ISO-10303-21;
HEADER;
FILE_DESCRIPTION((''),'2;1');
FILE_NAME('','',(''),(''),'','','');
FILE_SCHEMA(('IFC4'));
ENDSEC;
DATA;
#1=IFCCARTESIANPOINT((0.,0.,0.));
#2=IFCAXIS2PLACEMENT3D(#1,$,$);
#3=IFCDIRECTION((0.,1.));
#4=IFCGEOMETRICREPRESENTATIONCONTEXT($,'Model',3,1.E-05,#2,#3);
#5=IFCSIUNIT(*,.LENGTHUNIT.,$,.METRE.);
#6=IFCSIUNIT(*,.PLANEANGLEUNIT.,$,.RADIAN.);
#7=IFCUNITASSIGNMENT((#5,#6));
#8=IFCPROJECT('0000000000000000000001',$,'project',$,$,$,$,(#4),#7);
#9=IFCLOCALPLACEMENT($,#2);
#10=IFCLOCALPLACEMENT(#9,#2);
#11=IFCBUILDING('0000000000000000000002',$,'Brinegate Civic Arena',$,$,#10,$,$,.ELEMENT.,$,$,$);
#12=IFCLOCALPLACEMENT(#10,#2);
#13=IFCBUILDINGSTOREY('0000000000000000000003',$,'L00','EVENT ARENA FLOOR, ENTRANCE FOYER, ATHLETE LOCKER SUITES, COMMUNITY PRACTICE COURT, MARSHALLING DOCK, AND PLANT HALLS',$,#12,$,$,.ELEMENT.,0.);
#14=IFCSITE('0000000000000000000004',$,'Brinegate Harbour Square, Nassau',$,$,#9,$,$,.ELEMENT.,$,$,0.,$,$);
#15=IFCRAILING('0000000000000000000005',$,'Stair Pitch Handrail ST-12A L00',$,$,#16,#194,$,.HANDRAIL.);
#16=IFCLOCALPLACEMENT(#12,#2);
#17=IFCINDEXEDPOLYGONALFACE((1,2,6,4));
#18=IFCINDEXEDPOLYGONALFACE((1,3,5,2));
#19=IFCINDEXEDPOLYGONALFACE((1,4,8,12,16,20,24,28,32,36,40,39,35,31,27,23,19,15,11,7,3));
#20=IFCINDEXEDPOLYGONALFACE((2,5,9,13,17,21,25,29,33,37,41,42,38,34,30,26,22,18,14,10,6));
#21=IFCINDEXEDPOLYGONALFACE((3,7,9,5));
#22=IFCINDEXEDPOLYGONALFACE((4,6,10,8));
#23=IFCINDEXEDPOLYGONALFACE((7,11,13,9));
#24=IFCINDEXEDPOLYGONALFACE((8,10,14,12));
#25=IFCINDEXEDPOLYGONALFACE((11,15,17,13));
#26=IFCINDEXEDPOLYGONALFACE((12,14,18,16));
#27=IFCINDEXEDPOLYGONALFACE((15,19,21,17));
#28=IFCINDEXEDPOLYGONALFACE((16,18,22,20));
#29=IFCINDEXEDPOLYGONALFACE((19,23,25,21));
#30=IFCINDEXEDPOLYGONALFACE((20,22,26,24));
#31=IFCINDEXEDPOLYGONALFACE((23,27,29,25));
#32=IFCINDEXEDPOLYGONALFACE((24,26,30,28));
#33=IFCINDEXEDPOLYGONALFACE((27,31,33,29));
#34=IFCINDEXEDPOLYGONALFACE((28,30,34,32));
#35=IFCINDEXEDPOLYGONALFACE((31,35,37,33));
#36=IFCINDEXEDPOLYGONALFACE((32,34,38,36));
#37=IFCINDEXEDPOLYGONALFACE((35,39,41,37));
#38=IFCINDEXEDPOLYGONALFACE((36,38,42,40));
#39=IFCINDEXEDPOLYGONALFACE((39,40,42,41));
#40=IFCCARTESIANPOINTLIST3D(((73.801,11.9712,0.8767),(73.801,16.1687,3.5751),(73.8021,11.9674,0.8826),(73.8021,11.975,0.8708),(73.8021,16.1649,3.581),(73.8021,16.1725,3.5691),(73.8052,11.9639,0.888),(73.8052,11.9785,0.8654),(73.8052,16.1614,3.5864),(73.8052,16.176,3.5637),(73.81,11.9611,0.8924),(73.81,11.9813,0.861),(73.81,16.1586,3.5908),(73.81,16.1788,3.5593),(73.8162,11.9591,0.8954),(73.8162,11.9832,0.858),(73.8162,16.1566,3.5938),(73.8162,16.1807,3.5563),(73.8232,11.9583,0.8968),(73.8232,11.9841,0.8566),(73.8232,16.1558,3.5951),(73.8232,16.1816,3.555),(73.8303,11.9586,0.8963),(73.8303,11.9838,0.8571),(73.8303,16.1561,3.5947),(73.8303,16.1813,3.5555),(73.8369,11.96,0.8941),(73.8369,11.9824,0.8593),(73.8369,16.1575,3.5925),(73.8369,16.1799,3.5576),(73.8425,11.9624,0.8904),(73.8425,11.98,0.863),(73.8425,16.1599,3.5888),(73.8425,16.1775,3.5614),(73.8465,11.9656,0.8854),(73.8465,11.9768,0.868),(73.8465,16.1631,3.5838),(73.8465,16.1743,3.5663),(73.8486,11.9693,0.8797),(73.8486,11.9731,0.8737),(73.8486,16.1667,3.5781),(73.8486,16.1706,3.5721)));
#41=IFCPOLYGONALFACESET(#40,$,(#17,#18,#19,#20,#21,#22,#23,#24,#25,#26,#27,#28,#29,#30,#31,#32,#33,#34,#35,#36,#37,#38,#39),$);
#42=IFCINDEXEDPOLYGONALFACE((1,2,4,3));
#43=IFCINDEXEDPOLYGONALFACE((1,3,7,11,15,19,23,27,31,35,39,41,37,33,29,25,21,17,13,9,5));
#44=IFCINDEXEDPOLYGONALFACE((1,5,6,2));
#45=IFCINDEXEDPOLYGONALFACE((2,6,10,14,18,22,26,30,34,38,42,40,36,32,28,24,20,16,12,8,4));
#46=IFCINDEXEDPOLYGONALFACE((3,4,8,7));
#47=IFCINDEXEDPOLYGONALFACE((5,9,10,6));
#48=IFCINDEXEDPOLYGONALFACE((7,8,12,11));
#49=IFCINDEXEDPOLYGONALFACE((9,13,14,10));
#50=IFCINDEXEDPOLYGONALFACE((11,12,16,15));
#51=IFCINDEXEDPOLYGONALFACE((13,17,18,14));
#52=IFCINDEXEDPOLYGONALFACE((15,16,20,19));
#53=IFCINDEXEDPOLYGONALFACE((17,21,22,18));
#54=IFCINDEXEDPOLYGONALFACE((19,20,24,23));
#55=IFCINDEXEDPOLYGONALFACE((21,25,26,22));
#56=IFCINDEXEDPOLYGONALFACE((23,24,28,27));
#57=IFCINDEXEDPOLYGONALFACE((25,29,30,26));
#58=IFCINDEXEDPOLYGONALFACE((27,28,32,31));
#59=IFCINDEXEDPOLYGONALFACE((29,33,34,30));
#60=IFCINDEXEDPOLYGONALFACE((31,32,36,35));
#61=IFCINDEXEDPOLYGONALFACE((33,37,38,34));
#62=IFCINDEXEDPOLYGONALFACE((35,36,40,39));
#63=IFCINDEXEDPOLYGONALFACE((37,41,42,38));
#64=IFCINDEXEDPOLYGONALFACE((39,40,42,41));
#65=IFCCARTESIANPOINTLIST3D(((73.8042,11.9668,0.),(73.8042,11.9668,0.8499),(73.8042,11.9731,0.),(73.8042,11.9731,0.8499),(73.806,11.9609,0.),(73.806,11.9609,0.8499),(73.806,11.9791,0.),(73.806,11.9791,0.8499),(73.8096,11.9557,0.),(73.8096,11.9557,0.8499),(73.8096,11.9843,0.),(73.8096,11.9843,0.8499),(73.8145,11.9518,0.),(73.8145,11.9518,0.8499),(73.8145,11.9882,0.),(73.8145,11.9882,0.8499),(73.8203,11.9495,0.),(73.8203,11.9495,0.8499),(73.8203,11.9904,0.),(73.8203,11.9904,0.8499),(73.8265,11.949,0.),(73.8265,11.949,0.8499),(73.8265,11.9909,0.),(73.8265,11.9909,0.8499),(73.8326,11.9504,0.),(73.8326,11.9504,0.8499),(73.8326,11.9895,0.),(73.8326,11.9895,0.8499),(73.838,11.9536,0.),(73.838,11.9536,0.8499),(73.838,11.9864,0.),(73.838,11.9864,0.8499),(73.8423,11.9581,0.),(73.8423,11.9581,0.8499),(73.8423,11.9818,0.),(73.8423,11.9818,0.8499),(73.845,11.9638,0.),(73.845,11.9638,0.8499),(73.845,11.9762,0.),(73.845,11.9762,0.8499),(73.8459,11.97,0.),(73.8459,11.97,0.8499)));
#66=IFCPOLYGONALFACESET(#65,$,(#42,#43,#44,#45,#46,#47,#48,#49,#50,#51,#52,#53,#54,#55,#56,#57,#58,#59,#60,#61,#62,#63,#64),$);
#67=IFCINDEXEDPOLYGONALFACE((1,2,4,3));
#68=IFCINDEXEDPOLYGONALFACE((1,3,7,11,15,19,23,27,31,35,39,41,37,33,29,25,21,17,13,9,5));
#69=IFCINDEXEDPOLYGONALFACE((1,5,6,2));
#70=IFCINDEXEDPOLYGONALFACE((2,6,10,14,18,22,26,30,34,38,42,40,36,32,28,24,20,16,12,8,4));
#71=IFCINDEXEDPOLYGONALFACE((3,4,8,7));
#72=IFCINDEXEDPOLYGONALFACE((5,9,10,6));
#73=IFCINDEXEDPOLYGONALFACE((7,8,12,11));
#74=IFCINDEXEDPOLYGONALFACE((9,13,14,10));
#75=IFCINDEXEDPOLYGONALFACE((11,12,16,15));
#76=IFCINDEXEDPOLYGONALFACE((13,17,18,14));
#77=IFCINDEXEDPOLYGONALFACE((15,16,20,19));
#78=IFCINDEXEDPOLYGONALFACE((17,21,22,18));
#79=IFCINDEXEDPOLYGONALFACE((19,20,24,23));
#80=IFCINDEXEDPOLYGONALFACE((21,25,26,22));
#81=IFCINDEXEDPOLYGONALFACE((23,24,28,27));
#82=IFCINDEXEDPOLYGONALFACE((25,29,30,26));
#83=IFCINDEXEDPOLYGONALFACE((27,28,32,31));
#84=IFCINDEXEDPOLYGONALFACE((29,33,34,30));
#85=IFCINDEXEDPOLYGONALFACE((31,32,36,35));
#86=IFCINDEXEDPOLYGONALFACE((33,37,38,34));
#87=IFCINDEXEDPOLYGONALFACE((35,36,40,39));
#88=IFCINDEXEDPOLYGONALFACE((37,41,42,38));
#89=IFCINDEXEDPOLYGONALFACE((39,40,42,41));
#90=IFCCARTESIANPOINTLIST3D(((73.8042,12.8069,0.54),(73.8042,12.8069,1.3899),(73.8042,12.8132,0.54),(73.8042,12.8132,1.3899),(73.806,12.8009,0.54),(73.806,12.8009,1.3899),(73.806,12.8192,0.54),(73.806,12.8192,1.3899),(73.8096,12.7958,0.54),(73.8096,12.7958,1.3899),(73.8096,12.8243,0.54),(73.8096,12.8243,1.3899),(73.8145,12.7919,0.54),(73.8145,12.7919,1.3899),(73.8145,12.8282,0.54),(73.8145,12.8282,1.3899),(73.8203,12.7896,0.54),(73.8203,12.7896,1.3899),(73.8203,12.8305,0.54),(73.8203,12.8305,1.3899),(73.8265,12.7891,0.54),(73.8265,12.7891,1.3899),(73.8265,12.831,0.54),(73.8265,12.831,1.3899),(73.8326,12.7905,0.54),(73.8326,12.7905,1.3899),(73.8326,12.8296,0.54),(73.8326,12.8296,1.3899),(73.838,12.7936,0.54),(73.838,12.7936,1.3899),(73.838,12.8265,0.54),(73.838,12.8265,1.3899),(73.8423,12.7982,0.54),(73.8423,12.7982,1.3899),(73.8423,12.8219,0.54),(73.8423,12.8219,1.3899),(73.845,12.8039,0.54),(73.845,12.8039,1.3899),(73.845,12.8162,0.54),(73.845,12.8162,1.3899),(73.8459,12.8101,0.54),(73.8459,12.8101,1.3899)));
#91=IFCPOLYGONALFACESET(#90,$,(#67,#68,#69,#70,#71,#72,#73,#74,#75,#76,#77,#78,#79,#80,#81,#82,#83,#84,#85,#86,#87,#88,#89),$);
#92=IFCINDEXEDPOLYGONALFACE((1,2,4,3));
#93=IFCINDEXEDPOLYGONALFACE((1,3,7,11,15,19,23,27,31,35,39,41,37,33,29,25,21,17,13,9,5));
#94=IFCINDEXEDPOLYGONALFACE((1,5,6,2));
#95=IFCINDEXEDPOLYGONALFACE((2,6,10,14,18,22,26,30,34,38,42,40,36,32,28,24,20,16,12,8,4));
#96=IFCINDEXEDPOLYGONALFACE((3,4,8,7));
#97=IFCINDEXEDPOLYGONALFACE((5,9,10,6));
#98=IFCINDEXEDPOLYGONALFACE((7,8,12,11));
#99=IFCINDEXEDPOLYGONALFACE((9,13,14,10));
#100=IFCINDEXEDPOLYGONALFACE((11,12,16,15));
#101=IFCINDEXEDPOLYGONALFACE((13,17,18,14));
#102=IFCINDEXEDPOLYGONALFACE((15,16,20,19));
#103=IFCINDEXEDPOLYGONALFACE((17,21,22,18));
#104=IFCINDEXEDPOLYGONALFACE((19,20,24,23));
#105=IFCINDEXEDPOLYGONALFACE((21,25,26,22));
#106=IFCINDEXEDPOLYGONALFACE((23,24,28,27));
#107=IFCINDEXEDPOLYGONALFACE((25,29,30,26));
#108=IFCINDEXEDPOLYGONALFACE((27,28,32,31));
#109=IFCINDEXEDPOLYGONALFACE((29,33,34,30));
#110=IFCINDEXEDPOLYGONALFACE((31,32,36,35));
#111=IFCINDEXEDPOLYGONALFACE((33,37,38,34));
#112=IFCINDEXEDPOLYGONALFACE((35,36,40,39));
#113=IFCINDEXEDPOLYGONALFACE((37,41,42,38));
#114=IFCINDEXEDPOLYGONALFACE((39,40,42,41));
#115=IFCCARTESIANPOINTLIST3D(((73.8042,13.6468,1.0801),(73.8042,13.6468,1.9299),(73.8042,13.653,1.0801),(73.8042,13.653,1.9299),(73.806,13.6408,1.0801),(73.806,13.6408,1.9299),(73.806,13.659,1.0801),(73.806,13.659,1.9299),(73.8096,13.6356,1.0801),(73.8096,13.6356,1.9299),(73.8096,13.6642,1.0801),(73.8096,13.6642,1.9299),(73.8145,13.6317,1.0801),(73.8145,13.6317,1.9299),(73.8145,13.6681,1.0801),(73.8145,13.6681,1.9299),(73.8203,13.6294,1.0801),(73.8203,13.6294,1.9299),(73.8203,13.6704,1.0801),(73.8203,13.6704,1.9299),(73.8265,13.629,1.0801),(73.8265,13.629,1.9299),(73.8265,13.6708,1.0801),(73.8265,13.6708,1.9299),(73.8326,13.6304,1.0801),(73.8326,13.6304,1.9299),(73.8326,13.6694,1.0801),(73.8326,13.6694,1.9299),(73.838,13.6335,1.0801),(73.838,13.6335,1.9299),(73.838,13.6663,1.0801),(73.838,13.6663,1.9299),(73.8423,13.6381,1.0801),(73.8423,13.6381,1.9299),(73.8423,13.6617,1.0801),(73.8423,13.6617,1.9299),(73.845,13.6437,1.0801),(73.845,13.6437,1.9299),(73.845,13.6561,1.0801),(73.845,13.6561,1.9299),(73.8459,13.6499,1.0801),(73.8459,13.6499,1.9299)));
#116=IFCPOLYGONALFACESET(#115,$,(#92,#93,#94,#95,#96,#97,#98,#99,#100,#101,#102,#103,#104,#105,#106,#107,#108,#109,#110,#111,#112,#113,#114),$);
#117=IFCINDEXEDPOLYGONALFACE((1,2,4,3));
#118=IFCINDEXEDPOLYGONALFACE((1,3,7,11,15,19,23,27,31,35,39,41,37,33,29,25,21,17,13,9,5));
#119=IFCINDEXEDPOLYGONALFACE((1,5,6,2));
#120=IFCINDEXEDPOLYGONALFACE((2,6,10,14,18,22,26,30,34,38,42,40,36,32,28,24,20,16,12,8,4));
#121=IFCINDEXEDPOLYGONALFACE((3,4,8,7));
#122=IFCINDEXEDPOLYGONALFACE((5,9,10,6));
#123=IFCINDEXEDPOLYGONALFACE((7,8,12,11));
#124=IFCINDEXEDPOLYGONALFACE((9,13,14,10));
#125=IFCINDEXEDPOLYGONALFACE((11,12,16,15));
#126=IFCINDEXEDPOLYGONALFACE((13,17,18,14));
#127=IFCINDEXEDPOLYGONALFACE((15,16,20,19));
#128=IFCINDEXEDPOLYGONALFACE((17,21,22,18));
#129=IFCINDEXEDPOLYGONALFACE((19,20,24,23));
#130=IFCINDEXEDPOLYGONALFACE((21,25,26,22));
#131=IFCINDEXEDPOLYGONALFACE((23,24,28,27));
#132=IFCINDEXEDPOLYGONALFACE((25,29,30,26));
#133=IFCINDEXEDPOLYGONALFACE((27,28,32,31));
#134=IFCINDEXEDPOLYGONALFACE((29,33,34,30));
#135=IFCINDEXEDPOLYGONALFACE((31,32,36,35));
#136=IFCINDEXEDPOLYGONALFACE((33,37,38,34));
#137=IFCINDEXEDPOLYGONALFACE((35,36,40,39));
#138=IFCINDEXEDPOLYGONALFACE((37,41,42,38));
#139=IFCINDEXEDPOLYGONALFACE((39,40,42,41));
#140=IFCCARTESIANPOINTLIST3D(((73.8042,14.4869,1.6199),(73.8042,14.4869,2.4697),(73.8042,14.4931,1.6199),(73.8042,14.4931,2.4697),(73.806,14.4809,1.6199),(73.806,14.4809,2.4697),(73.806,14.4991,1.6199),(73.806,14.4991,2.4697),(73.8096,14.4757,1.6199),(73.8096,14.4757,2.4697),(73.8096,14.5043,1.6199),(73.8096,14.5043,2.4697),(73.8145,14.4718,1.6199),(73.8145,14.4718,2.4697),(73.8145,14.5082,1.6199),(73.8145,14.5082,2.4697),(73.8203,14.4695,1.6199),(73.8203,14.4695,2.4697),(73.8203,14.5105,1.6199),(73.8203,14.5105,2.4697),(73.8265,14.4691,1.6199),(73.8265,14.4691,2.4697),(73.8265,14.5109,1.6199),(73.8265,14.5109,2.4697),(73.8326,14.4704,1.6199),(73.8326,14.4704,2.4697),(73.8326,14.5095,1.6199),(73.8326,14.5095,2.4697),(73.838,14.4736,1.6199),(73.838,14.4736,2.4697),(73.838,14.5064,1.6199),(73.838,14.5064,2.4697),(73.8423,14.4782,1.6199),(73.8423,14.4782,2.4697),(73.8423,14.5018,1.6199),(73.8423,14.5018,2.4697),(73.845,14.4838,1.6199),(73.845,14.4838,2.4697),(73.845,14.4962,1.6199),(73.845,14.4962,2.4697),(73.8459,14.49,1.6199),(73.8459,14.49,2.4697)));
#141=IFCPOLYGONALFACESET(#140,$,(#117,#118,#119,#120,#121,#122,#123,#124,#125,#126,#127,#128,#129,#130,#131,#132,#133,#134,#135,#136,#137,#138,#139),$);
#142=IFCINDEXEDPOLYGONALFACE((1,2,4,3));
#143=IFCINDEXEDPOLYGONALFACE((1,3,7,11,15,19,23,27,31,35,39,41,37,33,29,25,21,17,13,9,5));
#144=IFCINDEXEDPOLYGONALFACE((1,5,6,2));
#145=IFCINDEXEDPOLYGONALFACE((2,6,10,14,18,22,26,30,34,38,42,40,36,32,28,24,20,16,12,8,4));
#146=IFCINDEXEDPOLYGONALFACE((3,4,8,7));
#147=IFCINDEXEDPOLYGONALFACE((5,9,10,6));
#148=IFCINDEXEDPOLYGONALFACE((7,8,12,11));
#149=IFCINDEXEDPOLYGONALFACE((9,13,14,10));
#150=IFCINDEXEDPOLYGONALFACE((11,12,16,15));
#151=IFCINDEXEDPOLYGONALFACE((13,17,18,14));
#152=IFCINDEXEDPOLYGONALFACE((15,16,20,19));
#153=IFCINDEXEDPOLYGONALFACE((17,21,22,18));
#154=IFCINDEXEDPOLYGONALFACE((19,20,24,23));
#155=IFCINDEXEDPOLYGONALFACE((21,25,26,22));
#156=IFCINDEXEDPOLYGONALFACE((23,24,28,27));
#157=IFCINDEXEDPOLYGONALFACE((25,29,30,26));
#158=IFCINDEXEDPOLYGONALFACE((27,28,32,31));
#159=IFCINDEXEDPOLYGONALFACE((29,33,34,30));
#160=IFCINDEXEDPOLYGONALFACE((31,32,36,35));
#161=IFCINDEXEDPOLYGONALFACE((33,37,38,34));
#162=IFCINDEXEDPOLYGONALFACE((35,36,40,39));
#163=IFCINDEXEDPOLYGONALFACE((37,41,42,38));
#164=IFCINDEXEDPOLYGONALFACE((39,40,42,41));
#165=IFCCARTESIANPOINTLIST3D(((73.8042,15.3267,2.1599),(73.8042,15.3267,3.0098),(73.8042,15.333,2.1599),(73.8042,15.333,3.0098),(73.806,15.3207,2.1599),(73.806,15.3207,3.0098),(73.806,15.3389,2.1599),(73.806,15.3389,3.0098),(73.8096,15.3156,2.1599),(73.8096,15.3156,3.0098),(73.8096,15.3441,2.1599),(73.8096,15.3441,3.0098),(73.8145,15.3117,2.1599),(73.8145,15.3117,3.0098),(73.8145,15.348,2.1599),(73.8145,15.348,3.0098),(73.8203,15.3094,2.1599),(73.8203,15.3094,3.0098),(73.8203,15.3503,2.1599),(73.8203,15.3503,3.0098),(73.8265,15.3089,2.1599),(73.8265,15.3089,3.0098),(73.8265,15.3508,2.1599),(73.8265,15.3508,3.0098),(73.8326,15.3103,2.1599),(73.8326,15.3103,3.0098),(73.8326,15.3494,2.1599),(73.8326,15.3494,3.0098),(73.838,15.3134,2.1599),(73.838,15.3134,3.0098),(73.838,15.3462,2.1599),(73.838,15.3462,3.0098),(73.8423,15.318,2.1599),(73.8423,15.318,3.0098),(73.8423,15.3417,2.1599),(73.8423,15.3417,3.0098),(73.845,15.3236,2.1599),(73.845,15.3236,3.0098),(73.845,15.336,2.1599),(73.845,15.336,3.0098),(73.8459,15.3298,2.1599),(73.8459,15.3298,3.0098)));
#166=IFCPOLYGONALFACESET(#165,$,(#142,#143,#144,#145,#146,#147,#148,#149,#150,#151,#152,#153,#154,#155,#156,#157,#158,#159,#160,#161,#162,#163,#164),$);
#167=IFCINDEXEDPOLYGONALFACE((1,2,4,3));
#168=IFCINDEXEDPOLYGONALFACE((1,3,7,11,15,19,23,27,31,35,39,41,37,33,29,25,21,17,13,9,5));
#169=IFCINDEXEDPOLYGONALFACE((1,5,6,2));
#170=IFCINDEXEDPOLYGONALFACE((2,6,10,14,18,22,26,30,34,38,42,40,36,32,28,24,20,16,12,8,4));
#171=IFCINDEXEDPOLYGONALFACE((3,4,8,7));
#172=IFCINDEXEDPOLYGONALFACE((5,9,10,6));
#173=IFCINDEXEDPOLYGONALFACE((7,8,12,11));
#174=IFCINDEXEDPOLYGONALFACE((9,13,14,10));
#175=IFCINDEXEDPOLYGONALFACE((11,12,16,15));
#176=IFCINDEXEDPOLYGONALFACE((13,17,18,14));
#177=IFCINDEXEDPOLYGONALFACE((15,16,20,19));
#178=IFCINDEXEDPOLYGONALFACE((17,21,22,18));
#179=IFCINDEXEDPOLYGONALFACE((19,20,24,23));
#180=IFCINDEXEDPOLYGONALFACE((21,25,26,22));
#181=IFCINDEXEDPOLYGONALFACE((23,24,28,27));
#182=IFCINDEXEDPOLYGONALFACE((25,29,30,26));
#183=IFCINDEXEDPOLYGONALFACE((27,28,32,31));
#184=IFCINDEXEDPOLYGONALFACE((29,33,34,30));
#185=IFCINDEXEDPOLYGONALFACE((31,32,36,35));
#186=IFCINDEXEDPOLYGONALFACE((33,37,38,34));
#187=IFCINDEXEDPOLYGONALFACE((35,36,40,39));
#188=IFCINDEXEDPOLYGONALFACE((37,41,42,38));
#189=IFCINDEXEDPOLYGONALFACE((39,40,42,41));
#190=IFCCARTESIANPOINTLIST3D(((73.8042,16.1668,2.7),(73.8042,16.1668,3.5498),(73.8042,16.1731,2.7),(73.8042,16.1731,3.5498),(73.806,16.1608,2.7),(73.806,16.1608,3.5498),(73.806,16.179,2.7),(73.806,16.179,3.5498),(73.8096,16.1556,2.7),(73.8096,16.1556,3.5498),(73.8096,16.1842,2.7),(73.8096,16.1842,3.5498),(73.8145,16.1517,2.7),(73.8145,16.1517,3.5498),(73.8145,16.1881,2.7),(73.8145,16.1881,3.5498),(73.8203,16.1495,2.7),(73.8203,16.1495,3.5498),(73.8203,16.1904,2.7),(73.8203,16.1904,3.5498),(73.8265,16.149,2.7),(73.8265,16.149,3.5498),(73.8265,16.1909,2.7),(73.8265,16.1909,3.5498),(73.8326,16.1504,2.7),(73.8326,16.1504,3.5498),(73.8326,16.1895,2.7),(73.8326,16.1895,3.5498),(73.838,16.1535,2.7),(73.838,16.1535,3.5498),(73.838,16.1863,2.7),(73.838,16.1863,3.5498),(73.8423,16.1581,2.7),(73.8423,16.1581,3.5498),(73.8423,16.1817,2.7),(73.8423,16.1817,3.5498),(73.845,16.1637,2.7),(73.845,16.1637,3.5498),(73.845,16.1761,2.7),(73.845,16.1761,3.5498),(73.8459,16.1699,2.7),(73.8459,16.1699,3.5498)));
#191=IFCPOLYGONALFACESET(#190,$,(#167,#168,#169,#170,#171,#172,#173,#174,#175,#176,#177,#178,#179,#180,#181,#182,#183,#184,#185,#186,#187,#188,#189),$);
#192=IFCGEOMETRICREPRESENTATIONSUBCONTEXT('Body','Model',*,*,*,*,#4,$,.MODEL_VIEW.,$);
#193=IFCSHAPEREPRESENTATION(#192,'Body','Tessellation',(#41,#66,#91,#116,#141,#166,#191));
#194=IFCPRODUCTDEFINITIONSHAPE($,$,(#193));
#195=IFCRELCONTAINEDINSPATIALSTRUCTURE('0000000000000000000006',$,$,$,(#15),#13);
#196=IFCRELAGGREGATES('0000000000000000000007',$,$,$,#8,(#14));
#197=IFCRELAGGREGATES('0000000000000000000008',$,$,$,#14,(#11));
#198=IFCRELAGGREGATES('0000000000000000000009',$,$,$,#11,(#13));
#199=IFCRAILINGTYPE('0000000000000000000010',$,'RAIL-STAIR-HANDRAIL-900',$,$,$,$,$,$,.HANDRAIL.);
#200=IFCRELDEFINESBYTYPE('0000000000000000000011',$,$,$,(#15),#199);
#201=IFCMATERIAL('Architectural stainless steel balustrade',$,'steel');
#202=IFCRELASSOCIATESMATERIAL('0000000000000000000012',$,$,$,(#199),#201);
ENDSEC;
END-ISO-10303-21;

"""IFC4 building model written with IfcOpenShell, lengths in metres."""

from ifc_helpers import new_model, si_unit, direction, frame, origin, origin_2d, place, context, subcontext, project, spatial, circle, extrude, material, type_object, element, save


model = new_model("IFC4")

# Units and contexts
model_context = context("Model", 3, precision=1e-05, world=origin(), true_north=direction((0.0, 1.0)))
body_context = subcontext(model_context, "Body", "Model", "MODEL_VIEW")
ifc_project = project(units=[si_unit("LENGTHUNIT", "METRE"), si_unit("PLANEANGLEUNIT", "RADIAN")], contexts=[model_context])

# Site, building, storey
site_placement = place(None, origin())
site = spatial("IfcSite", under=ifc_project, at=site_placement, Name="Brinegate Harbour Square, Nassau", CompositionType="ELEMENT", RefElevation=0.0)
building_placement = place(site_placement, origin())
building = spatial("IfcBuilding", under=site, at=building_placement, Name="Brinegate Civic Arena", CompositionType="ELEMENT")
storey_placement = place(building_placement, origin())
storey = spatial("IfcBuildingStorey", under=building, at=storey_placement, Name="L00", Description="EVENT ARENA FLOOR, ENTRANCE FOYER, ATHLETE LOCKER SUITES, COMMUNITY PRACTICE COURT, MARSHALLING DOCK, AND PLANT HALLS", CompositionType="ELEMENT", Elevation=0.0)

# Railing
ifc_material_1 = material(Name="Architectural stainless steel balustrade", Category="steel")
railing_type = type_object("IfcRailingType", Name="RAIL-STAIR-HANDRAIL-900", PredefinedType="HANDRAIL", material=ifc_material_1)
for number, where, name in (
    (1, (73.825, 11.97, 0.0), "Stair Pitch Handrail ST-12A L00"),
):
    element("IfcRailing", number, at=place(storey_placement, frame(where)), inside=storey, type_object=railing_type, Name=name, PredefinedType="HANDRAIL", context=body_context, shape_type="SweptSolid", body=[
        extrude(circle(Radius=0.0239, at=origin_2d()), frame((0.0, 0.0012, 0.8767), z_axis=(0.0, 0.84118, 0.540755), x_axis=(-1.0, 0.0, 0.0)), (0.0, 0.0, 1.0), 4.99),
        extrude(circle(Radius=0.021, at=origin_2d()), origin(), (0.0, 0.0, 1.0), 0.8499),
        extrude(circle(Radius=0.021, at=origin_2d()), frame((0.0, 0.8401, 0.54)), (0.0, 0.0, 1.0), 0.8499),
        extrude(circle(Radius=0.021, at=origin_2d()), frame((0.0, 1.6799, 1.0801)), (0.0, 0.0, 1.0), 0.8499),
        extrude(circle(Radius=0.021, at=origin_2d()), frame((0.0, 2.52, 1.6199)), (0.0, 0.0, 1.0), 0.8499),
        extrude(circle(Radius=0.021, at=origin_2d()), frame((0.0, 3.3599, 2.1599)), (0.0, 0.0, 1.0), 0.8499),
        extrude(circle(Radius=0.021, at=origin_2d()), frame((0.0, 4.2, 2.7)), (0.0, 0.0, 1.0), 0.8499),
    ])

save(model, "model.ifc")
